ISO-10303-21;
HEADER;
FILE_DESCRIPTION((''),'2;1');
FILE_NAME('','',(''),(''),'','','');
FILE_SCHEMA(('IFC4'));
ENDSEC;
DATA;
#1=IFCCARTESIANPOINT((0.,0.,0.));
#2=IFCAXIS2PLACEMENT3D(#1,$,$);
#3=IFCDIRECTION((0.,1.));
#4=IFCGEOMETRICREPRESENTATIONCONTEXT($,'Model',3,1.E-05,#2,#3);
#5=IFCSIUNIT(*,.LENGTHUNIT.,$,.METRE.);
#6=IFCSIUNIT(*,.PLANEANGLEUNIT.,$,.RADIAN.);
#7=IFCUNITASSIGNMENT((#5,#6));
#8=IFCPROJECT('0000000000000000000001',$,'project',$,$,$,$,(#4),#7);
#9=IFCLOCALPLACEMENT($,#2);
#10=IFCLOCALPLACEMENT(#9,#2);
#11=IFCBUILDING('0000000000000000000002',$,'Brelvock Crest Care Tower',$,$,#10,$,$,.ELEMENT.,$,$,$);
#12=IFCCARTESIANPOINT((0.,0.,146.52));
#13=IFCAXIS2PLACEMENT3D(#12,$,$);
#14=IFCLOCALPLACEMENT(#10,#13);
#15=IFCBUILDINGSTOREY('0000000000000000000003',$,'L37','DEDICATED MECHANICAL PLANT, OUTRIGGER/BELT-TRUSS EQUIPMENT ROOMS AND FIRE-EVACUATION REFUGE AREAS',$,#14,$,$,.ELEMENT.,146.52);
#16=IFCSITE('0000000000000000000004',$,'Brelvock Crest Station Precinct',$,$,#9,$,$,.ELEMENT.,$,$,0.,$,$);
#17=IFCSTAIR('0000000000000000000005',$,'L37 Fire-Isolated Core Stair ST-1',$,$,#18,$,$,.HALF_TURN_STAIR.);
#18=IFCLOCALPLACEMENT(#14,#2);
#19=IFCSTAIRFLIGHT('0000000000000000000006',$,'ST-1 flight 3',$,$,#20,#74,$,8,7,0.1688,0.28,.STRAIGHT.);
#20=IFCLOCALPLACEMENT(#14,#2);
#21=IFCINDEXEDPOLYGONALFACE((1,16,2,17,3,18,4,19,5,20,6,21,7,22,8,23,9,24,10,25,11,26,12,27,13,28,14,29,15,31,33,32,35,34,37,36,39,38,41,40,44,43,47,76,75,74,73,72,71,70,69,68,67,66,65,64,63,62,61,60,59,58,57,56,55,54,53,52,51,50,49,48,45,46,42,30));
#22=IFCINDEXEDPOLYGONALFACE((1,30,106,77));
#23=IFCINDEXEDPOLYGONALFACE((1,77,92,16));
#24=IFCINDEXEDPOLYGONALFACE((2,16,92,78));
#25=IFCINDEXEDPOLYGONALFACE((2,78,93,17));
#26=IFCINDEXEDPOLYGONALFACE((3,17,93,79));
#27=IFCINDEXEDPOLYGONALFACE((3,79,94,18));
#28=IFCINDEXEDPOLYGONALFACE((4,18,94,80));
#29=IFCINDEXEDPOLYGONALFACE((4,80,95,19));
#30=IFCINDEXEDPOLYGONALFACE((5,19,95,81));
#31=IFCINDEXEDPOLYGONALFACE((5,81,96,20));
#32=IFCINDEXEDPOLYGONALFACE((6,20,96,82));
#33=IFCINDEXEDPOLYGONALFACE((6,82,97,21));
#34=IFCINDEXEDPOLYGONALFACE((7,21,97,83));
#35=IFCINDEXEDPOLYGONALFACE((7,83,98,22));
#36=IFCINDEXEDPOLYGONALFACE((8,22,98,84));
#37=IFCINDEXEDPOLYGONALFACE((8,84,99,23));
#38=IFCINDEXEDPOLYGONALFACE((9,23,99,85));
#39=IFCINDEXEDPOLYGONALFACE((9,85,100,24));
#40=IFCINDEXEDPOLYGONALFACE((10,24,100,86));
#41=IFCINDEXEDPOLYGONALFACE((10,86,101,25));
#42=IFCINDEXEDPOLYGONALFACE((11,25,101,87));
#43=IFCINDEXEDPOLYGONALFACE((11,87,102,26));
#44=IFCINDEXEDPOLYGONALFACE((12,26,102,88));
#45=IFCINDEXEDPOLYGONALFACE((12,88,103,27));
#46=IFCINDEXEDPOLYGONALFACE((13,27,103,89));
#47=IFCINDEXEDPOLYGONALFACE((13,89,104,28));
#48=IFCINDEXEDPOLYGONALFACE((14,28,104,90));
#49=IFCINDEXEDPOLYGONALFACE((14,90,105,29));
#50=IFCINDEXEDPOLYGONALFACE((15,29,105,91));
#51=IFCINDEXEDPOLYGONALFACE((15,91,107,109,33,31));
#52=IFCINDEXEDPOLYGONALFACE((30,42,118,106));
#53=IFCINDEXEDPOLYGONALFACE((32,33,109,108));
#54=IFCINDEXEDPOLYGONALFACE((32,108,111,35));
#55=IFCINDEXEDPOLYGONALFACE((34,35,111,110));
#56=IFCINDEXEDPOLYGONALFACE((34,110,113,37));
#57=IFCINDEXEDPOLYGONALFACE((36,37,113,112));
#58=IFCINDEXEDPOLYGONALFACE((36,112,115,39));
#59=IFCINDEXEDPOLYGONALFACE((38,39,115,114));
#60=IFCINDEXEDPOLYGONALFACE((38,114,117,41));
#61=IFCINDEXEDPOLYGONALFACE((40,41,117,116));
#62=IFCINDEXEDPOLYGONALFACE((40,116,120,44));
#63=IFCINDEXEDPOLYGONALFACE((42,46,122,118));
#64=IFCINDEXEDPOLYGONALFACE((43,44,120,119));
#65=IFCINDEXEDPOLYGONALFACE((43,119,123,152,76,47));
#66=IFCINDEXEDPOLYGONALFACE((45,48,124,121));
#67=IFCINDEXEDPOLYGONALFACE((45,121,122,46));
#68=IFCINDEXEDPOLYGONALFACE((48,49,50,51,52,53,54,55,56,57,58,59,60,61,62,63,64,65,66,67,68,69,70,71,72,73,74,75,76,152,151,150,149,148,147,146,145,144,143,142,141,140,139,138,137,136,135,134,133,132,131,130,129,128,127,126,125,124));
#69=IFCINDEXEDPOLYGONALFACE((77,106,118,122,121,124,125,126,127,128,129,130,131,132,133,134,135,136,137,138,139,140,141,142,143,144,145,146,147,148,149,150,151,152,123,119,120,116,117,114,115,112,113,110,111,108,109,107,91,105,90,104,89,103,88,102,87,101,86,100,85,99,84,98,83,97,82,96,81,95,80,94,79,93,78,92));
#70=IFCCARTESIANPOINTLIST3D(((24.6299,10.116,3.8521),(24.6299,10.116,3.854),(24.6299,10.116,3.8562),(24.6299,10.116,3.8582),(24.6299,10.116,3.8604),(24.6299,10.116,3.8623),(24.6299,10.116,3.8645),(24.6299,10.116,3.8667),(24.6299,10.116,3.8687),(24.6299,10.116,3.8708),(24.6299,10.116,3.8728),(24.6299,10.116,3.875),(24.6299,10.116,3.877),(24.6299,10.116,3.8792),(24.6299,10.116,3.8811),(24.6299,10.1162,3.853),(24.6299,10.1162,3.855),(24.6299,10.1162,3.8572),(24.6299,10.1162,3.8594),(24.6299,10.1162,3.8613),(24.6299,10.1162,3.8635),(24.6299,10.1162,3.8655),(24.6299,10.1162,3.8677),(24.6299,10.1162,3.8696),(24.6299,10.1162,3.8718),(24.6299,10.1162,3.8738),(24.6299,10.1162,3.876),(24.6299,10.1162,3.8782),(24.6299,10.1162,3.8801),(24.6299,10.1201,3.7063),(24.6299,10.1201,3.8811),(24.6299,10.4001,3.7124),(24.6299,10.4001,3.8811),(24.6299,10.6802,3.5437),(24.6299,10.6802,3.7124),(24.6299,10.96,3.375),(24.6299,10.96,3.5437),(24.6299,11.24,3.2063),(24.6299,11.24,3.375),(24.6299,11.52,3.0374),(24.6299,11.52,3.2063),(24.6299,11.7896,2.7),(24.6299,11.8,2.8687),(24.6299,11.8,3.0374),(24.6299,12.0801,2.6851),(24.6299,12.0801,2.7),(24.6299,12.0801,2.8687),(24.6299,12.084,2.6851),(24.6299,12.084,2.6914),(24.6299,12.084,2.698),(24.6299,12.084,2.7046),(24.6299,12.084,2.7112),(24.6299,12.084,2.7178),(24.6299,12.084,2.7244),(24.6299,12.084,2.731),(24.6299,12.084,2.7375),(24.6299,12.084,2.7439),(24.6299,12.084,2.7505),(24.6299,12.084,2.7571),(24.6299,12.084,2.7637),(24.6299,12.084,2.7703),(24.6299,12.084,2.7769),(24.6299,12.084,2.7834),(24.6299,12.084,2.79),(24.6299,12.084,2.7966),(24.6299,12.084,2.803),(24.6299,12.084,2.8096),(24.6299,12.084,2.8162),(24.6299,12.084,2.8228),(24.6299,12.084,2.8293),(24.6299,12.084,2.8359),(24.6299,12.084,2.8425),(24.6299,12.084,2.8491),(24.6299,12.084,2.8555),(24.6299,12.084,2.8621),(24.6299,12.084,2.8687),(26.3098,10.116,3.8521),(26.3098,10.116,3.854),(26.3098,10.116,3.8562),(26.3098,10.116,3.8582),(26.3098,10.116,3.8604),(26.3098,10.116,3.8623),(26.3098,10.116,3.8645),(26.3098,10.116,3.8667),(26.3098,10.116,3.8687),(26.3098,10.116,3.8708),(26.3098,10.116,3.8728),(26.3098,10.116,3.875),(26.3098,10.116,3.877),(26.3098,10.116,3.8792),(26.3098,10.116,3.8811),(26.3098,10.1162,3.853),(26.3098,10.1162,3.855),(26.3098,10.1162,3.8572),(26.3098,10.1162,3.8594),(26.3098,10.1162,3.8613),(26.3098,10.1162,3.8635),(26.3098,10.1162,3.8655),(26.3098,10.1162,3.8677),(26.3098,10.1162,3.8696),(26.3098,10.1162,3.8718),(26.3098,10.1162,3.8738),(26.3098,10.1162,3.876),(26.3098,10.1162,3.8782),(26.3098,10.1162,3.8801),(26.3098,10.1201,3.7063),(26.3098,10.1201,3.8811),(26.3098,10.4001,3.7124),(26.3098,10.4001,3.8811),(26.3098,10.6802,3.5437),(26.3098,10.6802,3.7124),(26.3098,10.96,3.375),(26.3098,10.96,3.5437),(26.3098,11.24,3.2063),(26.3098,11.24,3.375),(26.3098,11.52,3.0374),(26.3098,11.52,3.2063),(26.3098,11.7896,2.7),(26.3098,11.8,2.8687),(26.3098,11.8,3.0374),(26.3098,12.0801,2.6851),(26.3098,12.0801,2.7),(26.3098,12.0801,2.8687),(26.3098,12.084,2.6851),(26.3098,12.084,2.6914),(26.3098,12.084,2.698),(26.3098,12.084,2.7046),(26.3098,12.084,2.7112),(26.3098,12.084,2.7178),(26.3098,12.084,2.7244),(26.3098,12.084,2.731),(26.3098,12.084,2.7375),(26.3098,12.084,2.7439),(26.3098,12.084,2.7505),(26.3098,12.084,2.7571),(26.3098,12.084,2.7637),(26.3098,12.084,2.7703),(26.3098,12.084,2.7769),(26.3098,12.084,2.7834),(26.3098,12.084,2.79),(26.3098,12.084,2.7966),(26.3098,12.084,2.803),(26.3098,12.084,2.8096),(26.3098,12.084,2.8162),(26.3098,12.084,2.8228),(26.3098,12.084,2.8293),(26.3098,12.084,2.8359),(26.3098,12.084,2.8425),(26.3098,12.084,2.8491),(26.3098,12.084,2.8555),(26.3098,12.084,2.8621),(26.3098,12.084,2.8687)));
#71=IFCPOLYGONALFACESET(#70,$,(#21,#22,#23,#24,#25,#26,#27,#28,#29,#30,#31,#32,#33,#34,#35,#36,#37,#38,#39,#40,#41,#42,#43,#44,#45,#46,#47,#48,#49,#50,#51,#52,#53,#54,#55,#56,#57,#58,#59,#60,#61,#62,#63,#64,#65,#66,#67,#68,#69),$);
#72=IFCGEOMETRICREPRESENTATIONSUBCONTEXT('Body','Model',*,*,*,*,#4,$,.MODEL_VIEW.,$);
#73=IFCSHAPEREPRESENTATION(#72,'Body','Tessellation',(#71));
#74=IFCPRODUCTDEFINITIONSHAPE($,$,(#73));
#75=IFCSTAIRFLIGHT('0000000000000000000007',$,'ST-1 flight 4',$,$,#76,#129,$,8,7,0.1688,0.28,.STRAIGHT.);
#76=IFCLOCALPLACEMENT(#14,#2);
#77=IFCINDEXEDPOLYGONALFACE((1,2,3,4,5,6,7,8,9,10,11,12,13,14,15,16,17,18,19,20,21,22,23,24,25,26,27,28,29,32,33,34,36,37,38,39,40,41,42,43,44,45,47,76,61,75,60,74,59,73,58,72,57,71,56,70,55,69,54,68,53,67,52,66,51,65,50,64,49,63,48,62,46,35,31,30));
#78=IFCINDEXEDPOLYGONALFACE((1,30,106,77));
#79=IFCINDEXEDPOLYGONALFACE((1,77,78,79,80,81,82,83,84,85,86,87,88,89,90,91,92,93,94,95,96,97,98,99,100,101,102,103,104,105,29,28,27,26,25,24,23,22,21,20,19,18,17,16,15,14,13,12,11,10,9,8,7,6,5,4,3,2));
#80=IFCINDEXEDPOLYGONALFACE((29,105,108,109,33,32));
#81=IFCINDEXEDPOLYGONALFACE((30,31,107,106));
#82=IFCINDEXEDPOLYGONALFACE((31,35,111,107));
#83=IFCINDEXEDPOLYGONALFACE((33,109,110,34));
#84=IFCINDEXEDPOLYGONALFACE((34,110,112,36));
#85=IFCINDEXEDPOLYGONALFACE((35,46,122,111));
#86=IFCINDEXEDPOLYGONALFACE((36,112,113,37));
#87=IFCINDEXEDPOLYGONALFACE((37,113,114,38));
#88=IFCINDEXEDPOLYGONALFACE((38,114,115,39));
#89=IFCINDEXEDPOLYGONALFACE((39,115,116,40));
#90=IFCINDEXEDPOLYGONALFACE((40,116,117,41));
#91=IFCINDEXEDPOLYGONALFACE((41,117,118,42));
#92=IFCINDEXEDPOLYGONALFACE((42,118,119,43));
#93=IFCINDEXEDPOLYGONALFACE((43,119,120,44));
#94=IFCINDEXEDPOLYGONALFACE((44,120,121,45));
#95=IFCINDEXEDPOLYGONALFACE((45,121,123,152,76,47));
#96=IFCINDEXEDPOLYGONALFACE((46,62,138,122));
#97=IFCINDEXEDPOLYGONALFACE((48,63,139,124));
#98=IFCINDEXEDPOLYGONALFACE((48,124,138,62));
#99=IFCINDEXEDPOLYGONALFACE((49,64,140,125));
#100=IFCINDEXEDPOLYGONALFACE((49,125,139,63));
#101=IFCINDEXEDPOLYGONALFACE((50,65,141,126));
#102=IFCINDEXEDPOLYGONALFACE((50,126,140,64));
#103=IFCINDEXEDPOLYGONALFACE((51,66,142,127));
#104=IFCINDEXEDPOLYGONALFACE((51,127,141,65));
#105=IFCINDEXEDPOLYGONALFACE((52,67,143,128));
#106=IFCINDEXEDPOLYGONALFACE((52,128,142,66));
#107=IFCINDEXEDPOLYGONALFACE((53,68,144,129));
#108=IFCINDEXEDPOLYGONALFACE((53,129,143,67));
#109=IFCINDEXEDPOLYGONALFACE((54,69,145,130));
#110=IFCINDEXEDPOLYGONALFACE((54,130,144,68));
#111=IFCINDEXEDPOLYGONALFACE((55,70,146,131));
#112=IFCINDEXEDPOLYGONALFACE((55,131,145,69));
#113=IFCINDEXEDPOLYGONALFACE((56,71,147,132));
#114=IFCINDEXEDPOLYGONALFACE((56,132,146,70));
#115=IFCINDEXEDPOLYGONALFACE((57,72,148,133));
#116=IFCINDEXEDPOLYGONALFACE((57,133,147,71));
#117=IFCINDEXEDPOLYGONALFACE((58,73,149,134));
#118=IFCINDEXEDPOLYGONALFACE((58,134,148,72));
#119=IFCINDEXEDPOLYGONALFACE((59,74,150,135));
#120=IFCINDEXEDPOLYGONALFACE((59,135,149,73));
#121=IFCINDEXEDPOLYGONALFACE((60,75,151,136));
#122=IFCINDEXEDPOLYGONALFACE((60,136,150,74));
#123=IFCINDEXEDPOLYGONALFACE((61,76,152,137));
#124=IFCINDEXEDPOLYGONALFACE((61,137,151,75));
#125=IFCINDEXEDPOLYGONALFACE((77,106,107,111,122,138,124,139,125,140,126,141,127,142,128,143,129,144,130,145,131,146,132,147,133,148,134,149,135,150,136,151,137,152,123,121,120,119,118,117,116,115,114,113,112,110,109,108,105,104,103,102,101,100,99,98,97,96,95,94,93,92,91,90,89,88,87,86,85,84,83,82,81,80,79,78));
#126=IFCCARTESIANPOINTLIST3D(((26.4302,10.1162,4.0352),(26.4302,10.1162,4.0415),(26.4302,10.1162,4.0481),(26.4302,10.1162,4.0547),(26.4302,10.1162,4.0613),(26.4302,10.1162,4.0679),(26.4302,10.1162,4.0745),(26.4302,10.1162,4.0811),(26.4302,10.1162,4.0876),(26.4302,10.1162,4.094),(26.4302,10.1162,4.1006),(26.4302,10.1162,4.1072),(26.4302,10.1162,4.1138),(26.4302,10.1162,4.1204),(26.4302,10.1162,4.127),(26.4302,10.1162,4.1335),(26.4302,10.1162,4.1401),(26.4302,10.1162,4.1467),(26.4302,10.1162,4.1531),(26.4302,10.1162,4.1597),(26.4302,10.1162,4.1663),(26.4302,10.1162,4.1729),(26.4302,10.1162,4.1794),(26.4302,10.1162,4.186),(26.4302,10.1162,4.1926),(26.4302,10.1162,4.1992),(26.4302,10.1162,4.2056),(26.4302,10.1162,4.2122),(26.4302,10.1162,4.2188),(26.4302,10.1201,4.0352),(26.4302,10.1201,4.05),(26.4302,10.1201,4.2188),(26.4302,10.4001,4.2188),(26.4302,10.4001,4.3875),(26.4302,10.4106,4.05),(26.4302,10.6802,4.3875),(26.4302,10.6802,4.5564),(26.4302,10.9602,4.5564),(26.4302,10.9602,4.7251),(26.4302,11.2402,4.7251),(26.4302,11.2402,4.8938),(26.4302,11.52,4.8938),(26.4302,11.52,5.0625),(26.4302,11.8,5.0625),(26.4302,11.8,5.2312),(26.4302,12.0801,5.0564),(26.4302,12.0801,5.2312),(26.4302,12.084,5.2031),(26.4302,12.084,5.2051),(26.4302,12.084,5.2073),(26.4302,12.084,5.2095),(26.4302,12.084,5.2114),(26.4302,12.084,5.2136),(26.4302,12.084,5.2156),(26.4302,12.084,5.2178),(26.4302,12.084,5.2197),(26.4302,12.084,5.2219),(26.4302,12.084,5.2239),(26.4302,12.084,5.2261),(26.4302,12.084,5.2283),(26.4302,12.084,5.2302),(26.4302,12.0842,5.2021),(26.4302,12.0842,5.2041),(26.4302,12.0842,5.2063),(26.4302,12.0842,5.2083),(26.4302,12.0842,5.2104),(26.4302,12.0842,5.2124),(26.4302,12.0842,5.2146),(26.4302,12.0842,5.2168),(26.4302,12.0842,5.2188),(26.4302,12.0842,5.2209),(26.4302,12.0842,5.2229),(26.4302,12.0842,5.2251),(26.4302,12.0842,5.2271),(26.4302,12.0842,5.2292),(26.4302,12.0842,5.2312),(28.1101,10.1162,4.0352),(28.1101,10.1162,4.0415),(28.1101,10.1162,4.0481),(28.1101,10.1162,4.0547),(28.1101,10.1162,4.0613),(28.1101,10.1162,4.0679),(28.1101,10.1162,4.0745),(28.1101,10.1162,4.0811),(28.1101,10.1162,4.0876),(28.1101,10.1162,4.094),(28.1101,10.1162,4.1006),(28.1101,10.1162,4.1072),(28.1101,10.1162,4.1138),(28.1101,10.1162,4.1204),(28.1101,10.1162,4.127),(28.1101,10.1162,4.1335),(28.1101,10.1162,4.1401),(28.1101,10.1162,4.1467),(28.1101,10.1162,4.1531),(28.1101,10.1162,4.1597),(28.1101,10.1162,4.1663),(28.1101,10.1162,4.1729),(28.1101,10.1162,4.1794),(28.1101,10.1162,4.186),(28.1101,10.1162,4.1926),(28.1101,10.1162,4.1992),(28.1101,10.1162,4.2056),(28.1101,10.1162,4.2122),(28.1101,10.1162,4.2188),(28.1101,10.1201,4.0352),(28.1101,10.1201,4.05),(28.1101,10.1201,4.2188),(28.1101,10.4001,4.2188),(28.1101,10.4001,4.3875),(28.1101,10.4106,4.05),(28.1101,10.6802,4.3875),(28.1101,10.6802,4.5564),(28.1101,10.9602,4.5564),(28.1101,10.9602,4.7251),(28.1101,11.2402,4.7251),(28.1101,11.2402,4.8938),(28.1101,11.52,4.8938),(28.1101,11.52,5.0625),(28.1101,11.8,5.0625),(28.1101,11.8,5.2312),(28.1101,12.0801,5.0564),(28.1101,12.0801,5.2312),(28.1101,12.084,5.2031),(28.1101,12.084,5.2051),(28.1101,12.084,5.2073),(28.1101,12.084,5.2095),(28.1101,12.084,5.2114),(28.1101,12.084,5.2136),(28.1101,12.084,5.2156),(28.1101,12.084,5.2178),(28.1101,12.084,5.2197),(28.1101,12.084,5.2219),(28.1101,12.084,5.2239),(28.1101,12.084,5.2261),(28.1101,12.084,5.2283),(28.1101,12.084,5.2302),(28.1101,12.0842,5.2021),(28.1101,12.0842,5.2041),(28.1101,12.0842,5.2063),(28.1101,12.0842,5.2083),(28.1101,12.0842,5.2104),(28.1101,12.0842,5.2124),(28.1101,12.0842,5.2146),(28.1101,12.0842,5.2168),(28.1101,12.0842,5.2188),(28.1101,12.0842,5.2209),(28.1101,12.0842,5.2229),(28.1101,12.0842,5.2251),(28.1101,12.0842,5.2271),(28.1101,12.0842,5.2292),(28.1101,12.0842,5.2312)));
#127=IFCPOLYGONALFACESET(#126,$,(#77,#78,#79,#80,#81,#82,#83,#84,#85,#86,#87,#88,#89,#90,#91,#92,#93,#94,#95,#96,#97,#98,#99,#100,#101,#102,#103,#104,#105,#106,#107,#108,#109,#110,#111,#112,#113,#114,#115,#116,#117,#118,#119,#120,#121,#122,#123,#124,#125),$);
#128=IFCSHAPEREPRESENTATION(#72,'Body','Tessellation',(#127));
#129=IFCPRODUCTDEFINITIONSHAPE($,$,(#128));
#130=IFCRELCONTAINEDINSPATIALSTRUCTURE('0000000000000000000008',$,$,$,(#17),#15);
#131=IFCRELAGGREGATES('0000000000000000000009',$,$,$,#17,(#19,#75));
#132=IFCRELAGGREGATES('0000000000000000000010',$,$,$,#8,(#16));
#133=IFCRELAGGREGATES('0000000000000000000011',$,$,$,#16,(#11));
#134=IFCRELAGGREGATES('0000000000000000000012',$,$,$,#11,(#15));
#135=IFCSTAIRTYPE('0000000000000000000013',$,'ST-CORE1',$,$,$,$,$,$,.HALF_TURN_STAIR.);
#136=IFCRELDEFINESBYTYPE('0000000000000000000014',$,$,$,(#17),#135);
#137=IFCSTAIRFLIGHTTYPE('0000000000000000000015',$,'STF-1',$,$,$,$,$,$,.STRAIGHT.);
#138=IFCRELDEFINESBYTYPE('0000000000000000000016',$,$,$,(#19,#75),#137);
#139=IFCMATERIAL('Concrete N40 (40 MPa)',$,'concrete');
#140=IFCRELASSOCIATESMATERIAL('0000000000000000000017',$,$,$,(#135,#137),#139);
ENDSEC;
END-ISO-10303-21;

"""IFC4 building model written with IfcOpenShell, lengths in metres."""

from ifc_helpers import new_model, si_unit, direction, frame, origin, place, context, subcontext, project, spatial, polyline, outline, extrude, material, type_object, element, aggregate, save


model = new_model("IFC4")

# Units and contexts
model_context = context("Model", 3, precision=1e-05, world=origin(), true_north=direction((0.0, 1.0)))
body_context = subcontext(model_context, "Body", "Model", "MODEL_VIEW")
ifc_project = project(units=[si_unit("LENGTHUNIT", "METRE"), si_unit("PLANEANGLEUNIT", "RADIAN")], contexts=[model_context])

# Site, building, storey
site_placement = place(None, origin())
site = spatial("IfcSite", under=ifc_project, at=site_placement, Name="Brelvock Crest Station Precinct", CompositionType="ELEMENT", RefElevation=0.0)
building_placement = place(site_placement, origin())
building = spatial("IfcBuilding", under=site, at=building_placement, Name="Brelvock Crest Care Tower", CompositionType="ELEMENT")
storey_placement = place(building_placement, frame((0.0, 0.0, 146.52)))
storey = spatial("IfcBuildingStorey", under=building, at=storey_placement, Name="L37", Description="DEDICATED MECHANICAL PLANT, OUTRIGGER/BELT-TRUSS EQUIPMENT ROOMS AND FIRE-EVACUATION REFUGE AREAS", CompositionType="ELEMENT", Elevation=146.52)

# Stair, stair flights
ifc_material_1 = material(Name="Concrete N40 (40 MPa)", Category="concrete")
stair_type = type_object("IfcStairType", Name="ST-CORE1", PredefinedType="HALF_TURN_STAIR", material=ifc_material_1)
stair_placement = place(storey_placement, origin())
stair = element("IfcStair", 1, at=stair_placement, inside=storey, type_object=stair_type, Name="L37 Fire-Isolated Core Stair ST-1", PredefinedType="HALF_TURN_STAIR")
stair_flight_type = type_object("IfcStairFlightType", Name="STF-1", PredefinedType="STRAIGHT", material=ifc_material_1)
stair_flight_1_placement = place(storey_placement, frame((25.47, 12.0801, 2.7), z_axis=(0.0, 0.0, 1.0), x_axis=(0.0, -1.0, 0.0)))
stair_flight_1 = element("IfcStairFlight", 2, at=stair_flight_1_placement, type_object=stair_flight_type, Name="ST-1 flight 3", NumberOfRisers=8, NumberOfTreads=7, PredefinedType="STRAIGHT", RiserHeight=0.1688, TreadLength=0.28, context=body_context, shape_type="SweptSolid", body=[
    extrude(outline(polyline([(-0.0039, -0.0149), (-0.0039, -0.0085), (-0.0039, -0.002), (-0.0039, 0.0046), (-0.0039, 0.0112), (-0.0039, 0.0178), (-0.0039, 0.0244), (-0.0039, 0.031), (-0.0039, 0.0376), (-0.0039, 0.0439), (-0.0039, 0.0505), (-0.0039, 0.0571), (-0.0039, 0.0637), (-0.0039, 0.0703), (-0.0039, 0.0769), (-0.0039, 0.0835), (-0.0039, 0.0901), (-0.0039, 0.0967), (-0.0039, 0.103), (-0.0039, 0.1096), (-0.0039, 0.1162), (-0.0039, 0.1228), (-0.0039, 0.1294), (-0.0039, 0.136), (-0.0039, 0.1426), (-0.0039, 0.1492), (-0.0039, 0.1555), (-0.0039, 0.1621), (-0.0039, 0.1687), (0.0, 0.1687), (0.28, 0.1687), (0.28, 0.3374), (0.5601, 0.3374), (0.5601, 0.5063), (0.8401, 0.5063), (0.8401, 0.675), (1.1201, 0.675), (1.1201, 0.8438), (1.3999, 0.8438), (1.3999, 1.0125), (1.6799, 1.0125), (1.6799, 1.1812), (1.96, 1.1812), (1.9641, 1.1812), (1.9639, 1.1802), (1.9641, 1.1792), (1.9639, 1.1782), (1.9641, 1.177), (1.9639, 1.176), (1.9641, 1.175), (1.9639, 1.1738), (1.9641, 1.1729), (1.9639, 1.1719), (1.9641, 1.1709), (1.9639, 1.1697), (1.9641, 1.1687), (1.9639, 1.1677), (1.9641, 1.1667), (1.9639, 1.1655), (1.9641, 1.1646), (1.9639, 1.1636), (1.9641, 1.1624), (1.9639, 1.1614), (1.9641, 1.1604), (1.9639, 1.1594), (1.9641, 1.1582), (1.9639, 1.1572), (1.9641, 1.1562), (1.9639, 1.155), (1.9641, 1.1541), (1.9639, 1.1531), (1.9641, 1.1521), (1.96, 1.0063), (0.2905, 0.0), (0.0, 0.0), (0.0, -0.0149), (-0.0039, -0.0149)])), frame((0.0, 0.8398, 0.0), z_axis=(0.0, -1.0, 0.0), x_axis=(1.0, 0.0, 0.0)), (0.0, 0.0, 1.0), 1.6799),
])
stair_flight_2_placement = place(storey_placement, frame((27.27, 10.1201, 4.05), z_axis=(0.0, 0.0, 1.0), x_axis=(0.0, 1.0, 0.0)))
stair_flight_2 = element("IfcStairFlight", 3, at=stair_flight_2_placement, type_object=stair_flight_type, Name="ST-1 flight 4", NumberOfRisers=8, NumberOfTreads=7, PredefinedType="STRAIGHT", RiserHeight=0.1688, TreadLength=0.28, context=body_context, shape_type="SweptSolid", body=[
    extrude(outline(polyline([(-0.0039, -0.0149), (-0.0039, -0.0085), (-0.0039, -0.002), (-0.0039, 0.0046), (-0.0039, 0.0112), (-0.0039, 0.0178), (-0.0039, 0.0244), (-0.0039, 0.031), (-0.0039, 0.0376), (-0.0039, 0.0439), (-0.0039, 0.0505), (-0.0039, 0.0571), (-0.0039, 0.0637), (-0.0039, 0.0703), (-0.0039, 0.0769), (-0.0039, 0.0835), (-0.0039, 0.0901), (-0.0039, 0.0967), (-0.0039, 0.103), (-0.0039, 0.1096), (-0.0039, 0.1162), (-0.0039, 0.1228), (-0.0039, 0.1294), (-0.0039, 0.136), (-0.0039, 0.1426), (-0.0039, 0.1492), (-0.0039, 0.1555), (-0.0039, 0.1621), (-0.0039, 0.1687), (0.0, 0.1687), (0.28, 0.1687), (0.28, 0.3374), (0.5601, 0.3374), (0.5601, 0.5063), (0.8401, 0.5063), (0.8401, 0.675), (1.1201, 0.675), (1.1201, 0.8438), (1.3999, 0.8438), (1.3999, 1.0125), (1.6799, 1.0125), (1.6799, 1.1812), (1.96, 1.1812), (1.9641, 1.1812), (1.9639, 1.1802), (1.9641, 1.1792), (1.9639, 1.1782), (1.9641, 1.177), (1.9639, 1.176), (1.9641, 1.175), (1.9639, 1.1738), (1.9641, 1.1729), (1.9639, 1.1719), (1.9641, 1.1709), (1.9639, 1.1697), (1.9641, 1.1687), (1.9639, 1.1677), (1.9641, 1.1667), (1.9639, 1.1655), (1.9641, 1.1646), (1.9639, 1.1636), (1.9641, 1.1624), (1.9639, 1.1614), (1.9641, 1.1604), (1.9639, 1.1594), (1.9641, 1.1582), (1.9639, 1.1572), (1.9641, 1.1562), (1.9639, 1.155), (1.9641, 1.1541), (1.9639, 1.1531), (1.9641, 1.1521), (1.96, 1.0063), (0.2905, 0.0), (0.0, 0.0), (0.0, -0.0149), (-0.0039, -0.0149)])), frame((0.0, 0.8398, 0.0), z_axis=(0.0, -1.0, 0.0), x_axis=(1.0, 0.0, 0.0)), (0.0, 0.0, 1.0), 1.6799),
])
aggregate(stair, [stair_flight_1, stair_flight_2])

save(model, "model.ifc")
